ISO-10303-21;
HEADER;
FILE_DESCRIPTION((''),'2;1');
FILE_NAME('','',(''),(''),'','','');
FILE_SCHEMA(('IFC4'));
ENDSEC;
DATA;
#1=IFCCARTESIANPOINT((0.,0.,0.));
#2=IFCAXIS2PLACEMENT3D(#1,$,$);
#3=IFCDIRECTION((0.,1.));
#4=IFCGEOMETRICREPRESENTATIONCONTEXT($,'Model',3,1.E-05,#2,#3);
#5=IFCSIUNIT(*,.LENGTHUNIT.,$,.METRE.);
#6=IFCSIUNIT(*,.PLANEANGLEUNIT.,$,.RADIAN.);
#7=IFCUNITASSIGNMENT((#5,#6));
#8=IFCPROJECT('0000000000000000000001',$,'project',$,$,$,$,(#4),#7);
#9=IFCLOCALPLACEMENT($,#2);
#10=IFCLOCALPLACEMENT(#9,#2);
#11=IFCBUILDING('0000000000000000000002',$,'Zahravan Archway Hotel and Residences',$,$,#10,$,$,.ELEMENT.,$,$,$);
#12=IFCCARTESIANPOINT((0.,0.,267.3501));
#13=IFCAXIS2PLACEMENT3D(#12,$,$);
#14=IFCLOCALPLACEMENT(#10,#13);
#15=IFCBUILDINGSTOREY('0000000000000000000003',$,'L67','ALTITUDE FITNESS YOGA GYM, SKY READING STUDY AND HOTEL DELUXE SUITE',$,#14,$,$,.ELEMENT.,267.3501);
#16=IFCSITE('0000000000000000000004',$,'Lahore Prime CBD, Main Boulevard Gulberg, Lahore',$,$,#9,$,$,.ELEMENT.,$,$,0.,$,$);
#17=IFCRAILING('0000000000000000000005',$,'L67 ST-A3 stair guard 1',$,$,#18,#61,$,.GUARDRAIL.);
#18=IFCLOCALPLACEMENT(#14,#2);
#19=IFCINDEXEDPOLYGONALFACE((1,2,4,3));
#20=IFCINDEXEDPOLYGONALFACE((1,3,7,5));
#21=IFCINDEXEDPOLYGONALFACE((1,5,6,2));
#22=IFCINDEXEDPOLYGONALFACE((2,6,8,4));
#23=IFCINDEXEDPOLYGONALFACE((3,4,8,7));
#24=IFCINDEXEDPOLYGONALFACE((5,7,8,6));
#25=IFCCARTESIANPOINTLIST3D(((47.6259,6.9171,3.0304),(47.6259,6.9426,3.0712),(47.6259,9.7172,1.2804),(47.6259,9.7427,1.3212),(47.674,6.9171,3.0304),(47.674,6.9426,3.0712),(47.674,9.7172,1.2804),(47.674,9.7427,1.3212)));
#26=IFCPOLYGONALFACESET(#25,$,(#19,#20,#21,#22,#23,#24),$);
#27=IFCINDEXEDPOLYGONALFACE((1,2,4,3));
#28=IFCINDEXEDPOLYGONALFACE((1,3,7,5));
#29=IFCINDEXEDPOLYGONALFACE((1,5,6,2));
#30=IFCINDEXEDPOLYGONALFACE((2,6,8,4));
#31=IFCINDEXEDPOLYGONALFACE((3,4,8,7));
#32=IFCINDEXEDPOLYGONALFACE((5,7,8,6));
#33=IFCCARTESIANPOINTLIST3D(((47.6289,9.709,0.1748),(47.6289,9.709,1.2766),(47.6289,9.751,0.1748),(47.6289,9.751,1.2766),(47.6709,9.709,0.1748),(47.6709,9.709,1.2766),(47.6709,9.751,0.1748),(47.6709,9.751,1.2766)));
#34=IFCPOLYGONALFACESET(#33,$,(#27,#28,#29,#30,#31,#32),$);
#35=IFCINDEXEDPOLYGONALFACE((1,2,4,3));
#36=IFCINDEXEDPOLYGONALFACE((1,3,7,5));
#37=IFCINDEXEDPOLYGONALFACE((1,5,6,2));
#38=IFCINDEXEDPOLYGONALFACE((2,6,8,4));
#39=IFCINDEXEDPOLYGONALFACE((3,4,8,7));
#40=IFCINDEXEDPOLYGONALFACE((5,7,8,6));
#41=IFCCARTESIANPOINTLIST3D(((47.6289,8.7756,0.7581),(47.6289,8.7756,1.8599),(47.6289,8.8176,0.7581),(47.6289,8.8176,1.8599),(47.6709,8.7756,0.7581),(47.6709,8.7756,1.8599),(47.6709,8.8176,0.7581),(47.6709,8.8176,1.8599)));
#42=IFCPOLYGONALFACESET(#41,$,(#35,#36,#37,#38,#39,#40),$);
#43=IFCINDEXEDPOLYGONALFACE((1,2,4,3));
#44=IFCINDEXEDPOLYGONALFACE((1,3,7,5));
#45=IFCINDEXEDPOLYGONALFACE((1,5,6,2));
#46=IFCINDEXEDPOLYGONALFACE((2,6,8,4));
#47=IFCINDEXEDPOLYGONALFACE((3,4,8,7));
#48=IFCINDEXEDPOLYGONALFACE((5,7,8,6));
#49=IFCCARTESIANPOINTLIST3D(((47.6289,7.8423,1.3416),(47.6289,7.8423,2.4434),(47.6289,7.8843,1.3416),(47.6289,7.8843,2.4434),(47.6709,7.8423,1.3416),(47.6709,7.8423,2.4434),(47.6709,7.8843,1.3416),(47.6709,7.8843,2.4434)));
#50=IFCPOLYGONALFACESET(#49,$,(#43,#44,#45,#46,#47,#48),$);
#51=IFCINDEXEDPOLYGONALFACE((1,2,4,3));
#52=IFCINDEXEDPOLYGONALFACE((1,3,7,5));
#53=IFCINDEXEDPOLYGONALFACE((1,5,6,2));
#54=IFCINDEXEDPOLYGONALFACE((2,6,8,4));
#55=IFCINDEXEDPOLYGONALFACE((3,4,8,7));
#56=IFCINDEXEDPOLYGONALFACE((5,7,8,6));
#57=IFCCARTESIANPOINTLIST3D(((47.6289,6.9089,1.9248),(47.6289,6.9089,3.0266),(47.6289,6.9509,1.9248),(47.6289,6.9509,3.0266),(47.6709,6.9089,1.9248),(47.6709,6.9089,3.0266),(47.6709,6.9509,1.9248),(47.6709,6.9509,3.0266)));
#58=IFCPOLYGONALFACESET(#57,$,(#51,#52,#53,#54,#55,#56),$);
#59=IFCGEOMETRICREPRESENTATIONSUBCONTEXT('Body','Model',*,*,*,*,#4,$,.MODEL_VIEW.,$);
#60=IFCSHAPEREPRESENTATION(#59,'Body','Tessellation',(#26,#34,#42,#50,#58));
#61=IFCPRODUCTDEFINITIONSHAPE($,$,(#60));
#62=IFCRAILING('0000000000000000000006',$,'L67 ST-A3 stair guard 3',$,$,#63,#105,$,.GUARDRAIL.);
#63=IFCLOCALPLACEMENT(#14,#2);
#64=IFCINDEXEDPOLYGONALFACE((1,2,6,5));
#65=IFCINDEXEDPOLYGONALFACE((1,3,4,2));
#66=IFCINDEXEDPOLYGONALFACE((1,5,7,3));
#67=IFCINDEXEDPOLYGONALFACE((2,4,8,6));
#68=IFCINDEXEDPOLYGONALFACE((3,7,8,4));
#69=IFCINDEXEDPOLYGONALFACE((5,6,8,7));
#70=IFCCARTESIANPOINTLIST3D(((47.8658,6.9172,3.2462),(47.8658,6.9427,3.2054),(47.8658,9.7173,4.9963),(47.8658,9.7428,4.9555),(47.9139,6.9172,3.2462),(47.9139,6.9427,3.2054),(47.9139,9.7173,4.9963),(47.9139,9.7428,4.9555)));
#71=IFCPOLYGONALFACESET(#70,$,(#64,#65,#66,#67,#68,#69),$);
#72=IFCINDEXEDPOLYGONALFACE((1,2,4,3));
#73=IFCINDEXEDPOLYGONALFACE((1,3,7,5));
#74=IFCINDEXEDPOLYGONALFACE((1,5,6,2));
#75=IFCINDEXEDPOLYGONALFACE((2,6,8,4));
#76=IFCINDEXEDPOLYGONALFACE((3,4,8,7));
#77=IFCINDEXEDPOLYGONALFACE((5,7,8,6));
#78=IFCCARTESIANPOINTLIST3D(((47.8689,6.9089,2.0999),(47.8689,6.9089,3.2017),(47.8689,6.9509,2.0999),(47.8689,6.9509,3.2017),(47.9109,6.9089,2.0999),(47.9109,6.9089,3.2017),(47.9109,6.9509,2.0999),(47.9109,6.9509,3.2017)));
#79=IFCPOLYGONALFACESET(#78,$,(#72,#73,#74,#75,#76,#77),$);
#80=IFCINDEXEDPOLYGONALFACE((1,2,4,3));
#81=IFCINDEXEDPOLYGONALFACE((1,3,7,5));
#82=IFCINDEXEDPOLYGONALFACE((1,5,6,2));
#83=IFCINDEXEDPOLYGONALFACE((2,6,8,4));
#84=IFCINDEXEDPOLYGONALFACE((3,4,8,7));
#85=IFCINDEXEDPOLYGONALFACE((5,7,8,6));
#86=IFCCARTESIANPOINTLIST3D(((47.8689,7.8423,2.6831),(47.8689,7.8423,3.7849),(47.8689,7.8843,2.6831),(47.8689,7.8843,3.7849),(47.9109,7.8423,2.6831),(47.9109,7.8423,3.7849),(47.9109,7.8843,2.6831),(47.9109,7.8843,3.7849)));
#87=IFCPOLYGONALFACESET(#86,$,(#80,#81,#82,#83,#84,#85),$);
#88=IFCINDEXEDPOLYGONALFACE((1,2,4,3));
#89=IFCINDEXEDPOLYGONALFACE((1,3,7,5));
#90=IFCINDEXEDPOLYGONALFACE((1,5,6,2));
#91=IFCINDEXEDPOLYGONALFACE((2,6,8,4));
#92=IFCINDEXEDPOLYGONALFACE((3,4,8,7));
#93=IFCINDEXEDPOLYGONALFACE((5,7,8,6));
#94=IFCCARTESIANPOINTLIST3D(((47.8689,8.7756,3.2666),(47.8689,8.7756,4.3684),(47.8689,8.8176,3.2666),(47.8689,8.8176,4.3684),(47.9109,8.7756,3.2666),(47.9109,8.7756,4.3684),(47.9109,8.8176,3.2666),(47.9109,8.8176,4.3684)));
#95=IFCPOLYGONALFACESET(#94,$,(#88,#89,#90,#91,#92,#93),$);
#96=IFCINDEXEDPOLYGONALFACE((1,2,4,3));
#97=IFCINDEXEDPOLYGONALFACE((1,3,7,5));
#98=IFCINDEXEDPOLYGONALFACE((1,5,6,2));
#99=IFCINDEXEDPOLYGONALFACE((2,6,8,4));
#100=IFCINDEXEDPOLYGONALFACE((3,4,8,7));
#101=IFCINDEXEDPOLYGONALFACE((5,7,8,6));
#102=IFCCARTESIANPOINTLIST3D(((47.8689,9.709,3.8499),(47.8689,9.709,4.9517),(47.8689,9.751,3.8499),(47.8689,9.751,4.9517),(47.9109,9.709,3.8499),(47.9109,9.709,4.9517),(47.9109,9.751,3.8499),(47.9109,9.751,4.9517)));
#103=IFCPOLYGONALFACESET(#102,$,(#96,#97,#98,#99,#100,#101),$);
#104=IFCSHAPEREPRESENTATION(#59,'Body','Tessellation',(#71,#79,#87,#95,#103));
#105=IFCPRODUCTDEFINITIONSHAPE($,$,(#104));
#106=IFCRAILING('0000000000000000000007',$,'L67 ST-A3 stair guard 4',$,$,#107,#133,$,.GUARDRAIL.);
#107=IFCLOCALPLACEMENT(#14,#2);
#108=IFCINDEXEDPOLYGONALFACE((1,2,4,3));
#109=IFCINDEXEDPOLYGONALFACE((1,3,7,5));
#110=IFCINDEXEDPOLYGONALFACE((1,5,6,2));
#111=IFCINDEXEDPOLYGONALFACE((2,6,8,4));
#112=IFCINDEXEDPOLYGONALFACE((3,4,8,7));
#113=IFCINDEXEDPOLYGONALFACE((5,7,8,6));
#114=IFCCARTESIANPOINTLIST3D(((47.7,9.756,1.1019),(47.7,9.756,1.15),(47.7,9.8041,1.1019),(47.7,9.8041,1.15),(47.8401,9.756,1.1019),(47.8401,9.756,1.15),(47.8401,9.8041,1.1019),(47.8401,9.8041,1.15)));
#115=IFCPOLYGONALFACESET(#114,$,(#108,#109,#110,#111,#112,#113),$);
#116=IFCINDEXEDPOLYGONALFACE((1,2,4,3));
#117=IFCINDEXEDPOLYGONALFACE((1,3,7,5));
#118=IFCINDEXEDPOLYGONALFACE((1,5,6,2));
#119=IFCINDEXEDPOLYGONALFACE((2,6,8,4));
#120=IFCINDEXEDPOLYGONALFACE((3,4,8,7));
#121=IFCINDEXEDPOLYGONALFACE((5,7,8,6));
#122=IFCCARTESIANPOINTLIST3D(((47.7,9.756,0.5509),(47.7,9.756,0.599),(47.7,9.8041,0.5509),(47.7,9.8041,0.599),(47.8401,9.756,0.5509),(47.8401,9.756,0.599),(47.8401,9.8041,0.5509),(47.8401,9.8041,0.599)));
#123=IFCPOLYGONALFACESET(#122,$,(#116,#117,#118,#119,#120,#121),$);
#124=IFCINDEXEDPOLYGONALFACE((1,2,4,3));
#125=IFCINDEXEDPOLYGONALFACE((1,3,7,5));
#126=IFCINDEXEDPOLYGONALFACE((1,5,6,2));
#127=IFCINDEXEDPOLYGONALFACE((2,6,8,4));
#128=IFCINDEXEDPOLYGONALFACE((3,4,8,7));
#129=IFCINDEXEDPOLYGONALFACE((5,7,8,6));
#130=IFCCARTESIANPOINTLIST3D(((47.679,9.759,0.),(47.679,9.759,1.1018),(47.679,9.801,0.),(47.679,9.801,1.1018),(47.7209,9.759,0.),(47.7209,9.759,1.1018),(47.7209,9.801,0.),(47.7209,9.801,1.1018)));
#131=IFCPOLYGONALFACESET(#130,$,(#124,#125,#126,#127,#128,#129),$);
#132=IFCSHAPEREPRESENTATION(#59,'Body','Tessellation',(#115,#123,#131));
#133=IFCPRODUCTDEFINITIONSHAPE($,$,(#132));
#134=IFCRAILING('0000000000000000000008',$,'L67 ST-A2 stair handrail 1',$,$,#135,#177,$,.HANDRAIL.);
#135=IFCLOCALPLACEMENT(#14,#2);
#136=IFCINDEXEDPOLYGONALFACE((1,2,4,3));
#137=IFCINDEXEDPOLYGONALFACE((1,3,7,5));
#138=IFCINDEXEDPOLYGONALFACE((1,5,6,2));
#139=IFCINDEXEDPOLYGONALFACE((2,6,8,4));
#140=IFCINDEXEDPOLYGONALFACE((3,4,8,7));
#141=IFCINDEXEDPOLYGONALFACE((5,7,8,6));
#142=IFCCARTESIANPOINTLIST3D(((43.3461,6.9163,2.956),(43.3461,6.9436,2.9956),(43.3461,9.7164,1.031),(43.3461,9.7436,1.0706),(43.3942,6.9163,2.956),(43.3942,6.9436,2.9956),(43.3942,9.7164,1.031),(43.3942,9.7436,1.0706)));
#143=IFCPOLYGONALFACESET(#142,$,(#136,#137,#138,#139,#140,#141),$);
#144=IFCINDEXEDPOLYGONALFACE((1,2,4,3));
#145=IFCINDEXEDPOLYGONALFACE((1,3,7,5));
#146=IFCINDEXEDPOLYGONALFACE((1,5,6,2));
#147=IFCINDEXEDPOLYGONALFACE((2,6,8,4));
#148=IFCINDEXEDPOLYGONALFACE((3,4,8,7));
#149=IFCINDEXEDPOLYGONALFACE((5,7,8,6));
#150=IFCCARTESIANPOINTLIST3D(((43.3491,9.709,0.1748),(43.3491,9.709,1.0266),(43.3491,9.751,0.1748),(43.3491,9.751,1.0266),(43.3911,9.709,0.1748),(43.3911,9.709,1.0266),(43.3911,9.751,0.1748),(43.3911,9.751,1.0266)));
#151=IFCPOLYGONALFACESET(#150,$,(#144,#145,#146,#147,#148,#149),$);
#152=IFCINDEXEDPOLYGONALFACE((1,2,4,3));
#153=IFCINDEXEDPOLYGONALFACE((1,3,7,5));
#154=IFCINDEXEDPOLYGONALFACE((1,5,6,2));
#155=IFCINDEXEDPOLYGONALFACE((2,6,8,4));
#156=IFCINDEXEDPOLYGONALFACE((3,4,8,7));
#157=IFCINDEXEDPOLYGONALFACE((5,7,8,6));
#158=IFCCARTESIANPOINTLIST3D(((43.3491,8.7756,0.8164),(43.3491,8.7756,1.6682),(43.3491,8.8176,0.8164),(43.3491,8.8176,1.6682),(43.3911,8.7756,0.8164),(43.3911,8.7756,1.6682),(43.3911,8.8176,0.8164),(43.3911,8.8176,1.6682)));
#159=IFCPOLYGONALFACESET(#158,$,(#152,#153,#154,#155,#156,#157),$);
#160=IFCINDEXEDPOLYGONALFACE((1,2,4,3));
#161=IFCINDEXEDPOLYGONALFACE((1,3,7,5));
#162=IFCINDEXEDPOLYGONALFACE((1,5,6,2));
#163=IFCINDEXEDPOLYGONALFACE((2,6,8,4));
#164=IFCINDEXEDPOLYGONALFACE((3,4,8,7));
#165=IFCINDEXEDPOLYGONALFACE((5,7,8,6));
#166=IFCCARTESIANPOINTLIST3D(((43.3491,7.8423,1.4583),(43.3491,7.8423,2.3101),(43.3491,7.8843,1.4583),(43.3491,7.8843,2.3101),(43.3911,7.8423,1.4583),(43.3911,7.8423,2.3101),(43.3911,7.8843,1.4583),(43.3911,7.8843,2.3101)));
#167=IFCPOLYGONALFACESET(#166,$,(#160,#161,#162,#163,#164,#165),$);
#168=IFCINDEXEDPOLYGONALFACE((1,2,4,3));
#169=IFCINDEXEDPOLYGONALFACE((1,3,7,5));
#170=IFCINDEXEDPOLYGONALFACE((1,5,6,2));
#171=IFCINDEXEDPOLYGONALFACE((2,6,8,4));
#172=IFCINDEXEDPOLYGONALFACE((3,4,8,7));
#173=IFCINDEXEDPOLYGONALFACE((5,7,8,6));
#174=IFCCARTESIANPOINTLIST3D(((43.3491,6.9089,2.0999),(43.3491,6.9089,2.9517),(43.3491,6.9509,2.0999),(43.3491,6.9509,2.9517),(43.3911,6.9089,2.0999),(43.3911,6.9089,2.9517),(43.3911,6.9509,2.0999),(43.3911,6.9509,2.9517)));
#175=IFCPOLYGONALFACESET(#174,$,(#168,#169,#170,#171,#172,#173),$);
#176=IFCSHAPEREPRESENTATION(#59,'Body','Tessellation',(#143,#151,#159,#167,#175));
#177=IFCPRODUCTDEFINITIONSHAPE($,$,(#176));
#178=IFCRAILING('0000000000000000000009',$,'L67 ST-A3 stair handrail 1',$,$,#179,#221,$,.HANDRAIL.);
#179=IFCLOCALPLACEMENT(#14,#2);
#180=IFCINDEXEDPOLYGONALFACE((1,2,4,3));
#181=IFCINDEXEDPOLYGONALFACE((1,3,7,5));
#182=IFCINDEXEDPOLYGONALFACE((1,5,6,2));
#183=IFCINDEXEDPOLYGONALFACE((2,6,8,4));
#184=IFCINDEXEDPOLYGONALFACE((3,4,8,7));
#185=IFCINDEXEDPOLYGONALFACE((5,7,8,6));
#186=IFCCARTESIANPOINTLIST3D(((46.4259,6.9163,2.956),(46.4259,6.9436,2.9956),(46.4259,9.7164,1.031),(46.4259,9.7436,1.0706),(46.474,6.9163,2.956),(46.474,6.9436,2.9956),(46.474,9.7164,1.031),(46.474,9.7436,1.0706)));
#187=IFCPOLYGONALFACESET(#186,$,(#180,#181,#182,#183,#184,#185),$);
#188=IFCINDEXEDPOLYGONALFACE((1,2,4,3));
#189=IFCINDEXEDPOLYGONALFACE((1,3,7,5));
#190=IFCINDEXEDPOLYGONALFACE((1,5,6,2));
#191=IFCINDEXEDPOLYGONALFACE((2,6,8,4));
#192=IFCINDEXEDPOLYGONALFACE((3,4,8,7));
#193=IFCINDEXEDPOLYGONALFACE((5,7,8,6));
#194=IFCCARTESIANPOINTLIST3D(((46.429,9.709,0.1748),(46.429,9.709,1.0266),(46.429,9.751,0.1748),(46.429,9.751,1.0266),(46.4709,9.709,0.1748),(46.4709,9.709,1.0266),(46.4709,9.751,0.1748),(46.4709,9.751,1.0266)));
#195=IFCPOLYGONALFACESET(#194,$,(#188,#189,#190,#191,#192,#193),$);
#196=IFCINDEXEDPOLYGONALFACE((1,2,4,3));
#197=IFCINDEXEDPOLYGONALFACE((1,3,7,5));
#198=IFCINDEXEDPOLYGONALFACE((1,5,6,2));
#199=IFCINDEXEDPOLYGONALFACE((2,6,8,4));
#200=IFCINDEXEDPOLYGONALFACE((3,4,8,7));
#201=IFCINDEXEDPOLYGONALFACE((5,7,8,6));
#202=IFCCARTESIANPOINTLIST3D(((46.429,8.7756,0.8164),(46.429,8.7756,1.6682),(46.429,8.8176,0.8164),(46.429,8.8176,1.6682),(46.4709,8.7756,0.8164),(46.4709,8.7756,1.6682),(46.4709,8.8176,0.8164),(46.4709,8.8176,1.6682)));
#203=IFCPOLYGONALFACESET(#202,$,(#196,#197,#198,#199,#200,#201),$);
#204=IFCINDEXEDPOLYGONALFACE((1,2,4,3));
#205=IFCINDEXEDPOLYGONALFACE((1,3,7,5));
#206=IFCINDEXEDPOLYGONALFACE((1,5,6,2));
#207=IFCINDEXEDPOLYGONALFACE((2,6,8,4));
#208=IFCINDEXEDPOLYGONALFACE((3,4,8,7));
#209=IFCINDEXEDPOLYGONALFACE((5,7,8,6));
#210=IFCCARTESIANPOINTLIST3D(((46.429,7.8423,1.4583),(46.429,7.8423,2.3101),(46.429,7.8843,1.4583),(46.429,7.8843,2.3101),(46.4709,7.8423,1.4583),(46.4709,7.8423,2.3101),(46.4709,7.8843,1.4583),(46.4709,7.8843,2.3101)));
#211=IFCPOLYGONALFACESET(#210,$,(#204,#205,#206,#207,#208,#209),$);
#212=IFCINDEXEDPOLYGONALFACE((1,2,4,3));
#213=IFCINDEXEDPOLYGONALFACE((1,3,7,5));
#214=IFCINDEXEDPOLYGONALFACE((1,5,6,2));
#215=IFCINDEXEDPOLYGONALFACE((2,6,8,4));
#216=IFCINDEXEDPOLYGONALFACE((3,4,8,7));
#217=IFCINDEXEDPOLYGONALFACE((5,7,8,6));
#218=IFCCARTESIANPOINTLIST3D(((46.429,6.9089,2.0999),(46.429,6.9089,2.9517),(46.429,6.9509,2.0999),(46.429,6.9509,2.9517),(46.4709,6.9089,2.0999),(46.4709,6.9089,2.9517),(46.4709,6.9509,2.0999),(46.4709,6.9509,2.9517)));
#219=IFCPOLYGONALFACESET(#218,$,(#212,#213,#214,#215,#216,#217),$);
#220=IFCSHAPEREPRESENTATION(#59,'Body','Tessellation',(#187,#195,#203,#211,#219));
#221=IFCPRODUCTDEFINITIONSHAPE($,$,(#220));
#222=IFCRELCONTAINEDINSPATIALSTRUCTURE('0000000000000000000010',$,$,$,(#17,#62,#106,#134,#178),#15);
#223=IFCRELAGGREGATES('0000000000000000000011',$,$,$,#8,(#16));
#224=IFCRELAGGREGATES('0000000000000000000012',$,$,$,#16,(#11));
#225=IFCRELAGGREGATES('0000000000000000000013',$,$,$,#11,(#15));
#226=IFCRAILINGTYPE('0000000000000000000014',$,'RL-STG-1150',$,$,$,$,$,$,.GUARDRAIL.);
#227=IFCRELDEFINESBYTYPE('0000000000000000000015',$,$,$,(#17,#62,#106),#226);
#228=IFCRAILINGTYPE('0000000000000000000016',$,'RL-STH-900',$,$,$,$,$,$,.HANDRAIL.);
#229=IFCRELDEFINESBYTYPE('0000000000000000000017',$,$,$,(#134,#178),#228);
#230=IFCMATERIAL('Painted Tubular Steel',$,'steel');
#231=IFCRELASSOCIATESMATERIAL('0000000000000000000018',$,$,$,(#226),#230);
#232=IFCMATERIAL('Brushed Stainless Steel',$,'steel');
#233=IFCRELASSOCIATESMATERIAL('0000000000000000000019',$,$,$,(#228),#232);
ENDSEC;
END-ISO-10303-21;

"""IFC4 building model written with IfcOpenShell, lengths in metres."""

from ifc_helpers import new_model, si_unit, direction, frame, origin, origin_2d, place, context, subcontext, project, spatial, rectangle, extrude, material, type_object, element, save


model = new_model("IFC4")

# Units and contexts
model_context = context("Model", 3, precision=1e-05, world=origin(), true_north=direction((0.0, 1.0)))
body_context = subcontext(model_context, "Body", "Model", "MODEL_VIEW")
ifc_project = project(units=[si_unit("LENGTHUNIT", "METRE"), si_unit("PLANEANGLEUNIT", "RADIAN")], contexts=[model_context])

# Site, building, storey
site_placement = place(None, origin())
site = spatial("IfcSite", under=ifc_project, at=site_placement, Name="Lahore Prime CBD, Main Boulevard Gulberg, Lahore", CompositionType="ELEMENT", RefElevation=0.0)
building_placement = place(site_placement, origin())
building = spatial("IfcBuilding", under=site, at=building_placement, Name="Zahravan Archway Hotel and Residences", CompositionType="ELEMENT")
storey_placement = place(building_placement, frame((0.0, 0.0, 267.3501)))
storey = spatial("IfcBuildingStorey", under=building, at=storey_placement, Name="L67", Description="ALTITUDE FITNESS YOGA GYM, SKY READING STUDY AND HOTEL DELUXE SUITE", CompositionType="ELEMENT", Elevation=267.3501)

# Railings
ifc_material_1 = material(Name="Painted Tubular Steel", Category="steel")
railing_type_1 = type_object("IfcRailingType", Name="RL-STG-1150", PredefinedType="GUARDRAIL", material=ifc_material_1)
railing_1_placement = place(storey_placement, frame((47.6499, 9.73, 0.1748)))
element("IfcRailing", 1, at=railing_1_placement, inside=storey, type_object=railing_type_1, Name="L67 ST-A3 stair guard 1", PredefinedType="GUARDRAIL", context=body_context, shape_type="SweptSolid", body=[
    extrude(rectangle(XDim=0.0481, YDim=0.0481, at=origin_2d()), frame((0.0, 0.0, 1.126), z_axis=(0.0, -0.848002, 0.529992), x_axis=(1.0, 0.0, 0.0)), (0.0, 0.0, 1.0), 3.302),
    extrude(rectangle(XDim=0.042, YDim=0.042, at=origin_2d()), origin(), (0.0, 0.0, 1.0), 1.1018),
    extrude(rectangle(XDim=0.042, YDim=0.042, at=origin_2d()), frame((0.0, -0.9333, 0.5833)), (0.0, 0.0, 1.0), 1.1018),
    extrude(rectangle(XDim=0.042, YDim=0.042, at=origin_2d()), frame((0.0, -1.8667, 1.1667)), (0.0, 0.0, 1.0), 1.1018),
    extrude(rectangle(XDim=0.042, YDim=0.042, at=origin_2d()), frame((0.0, -2.8, 1.75)), (0.0, 0.0, 1.0), 1.1018),
])
railing_2_placement = place(storey_placement, frame((47.8899, 6.9299, 2.0999)))
element("IfcRailing", 2, at=railing_2_placement, inside=storey, type_object=railing_type_1, Name="L67 ST-A3 stair guard 3", PredefinedType="GUARDRAIL", context=body_context, shape_type="SweptSolid", body=[
    extrude(rectangle(XDim=0.0481, YDim=0.0481, at=origin_2d()), frame((0.0, 0.0, 1.126), z_axis=(0.0, 0.848002, 0.529992), x_axis=(-1.0, 0.0, 0.0)), (0.0, 0.0, 1.0), 3.302),
    extrude(rectangle(XDim=0.042, YDim=0.042, at=origin_2d()), origin(), (0.0, 0.0, 1.0), 1.1018),
    extrude(rectangle(XDim=0.042, YDim=0.042, at=origin_2d()), frame((0.0, 0.9333, 0.5833)), (0.0, 0.0, 1.0), 1.1018),
    extrude(rectangle(XDim=0.042, YDim=0.042, at=origin_2d()), frame((0.0, 1.8667, 1.1667)), (0.0, 0.0, 1.0), 1.1018),
    extrude(rectangle(XDim=0.042, YDim=0.042, at=origin_2d()), frame((0.0, 2.8, 1.75)), (0.0, 0.0, 1.0), 1.1018),
])
railing_3_placement = place(storey_placement, frame((47.7, 9.78, 0.0)))
element("IfcRailing", 3, at=railing_3_placement, inside=storey, type_object=railing_type_1, Name="L67 ST-A3 stair guard 4", PredefinedType="GUARDRAIL", context=body_context, shape_type="SweptSolid", body=[
    extrude(rectangle(XDim=0.0481, YDim=0.0481, at=origin_2d()), frame((0.0, 0.0, 1.126), z_axis=(1.0, 0.0, 0.0), x_axis=(0.0, 1.0, 0.0)), (0.0, 0.0, 1.0), 0.1401),
    extrude(rectangle(XDim=0.0481, YDim=0.0481, at=origin_2d()), frame((0.0, 0.0, 0.575), z_axis=(1.0, 0.0, 0.0), x_axis=(0.0, 1.0, 0.0)), (0.0, 0.0, 1.0), 0.1401),
    extrude(rectangle(XDim=0.042, YDim=0.042, at=origin_2d()), origin(), (0.0, 0.0, 1.0), 1.1018),
])
ifc_material_2 = material(Name="Brushed Stainless Steel", Category="steel")
railing_type_2 = type_object("IfcRailingType", Name="RL-STH-900", PredefinedType="HANDRAIL", material=ifc_material_2)
for number, where, name in (
    (4, (43.3701, 9.73, 0.1748), "L67 ST-A2 stair handrail 1"),
    (5, (46.45, 9.73, 0.1748), "L67 ST-A3 stair handrail 1"),
):
    element("IfcRailing", number, at=place(storey_placement, frame(where)), inside=storey, type_object=railing_type_2, Name=name, PredefinedType="HANDRAIL", context=body_context, shape_type="SweptSolid", body=[
        extrude(rectangle(XDim=0.0481, YDim=0.0481, at=origin_2d()), frame((0.0, 0.0, 0.876), z_axis=(0.0, -0.82404, 0.566532), x_axis=(1.0, 0.0, 0.0)), (0.0, 0.0, 1.0), 3.3979),
        extrude(rectangle(XDim=0.042, YDim=0.042, at=origin_2d()), origin(), (0.0, 0.0, 1.0), 0.8518),
        extrude(rectangle(XDim=0.042, YDim=0.042, at=origin_2d()), frame((0.0, -0.9333, 0.6416)), (0.0, 0.0, 1.0), 0.8518),
        extrude(rectangle(XDim=0.042, YDim=0.042, at=origin_2d()), frame((0.0, -1.8667, 1.2834)), (0.0, 0.0, 1.0), 0.8518),
        extrude(rectangle(XDim=0.042, YDim=0.042, at=origin_2d()), frame((0.0, -2.8, 1.925)), (0.0, 0.0, 1.0), 0.8518),
    ])

save(model, "model.ifc")
